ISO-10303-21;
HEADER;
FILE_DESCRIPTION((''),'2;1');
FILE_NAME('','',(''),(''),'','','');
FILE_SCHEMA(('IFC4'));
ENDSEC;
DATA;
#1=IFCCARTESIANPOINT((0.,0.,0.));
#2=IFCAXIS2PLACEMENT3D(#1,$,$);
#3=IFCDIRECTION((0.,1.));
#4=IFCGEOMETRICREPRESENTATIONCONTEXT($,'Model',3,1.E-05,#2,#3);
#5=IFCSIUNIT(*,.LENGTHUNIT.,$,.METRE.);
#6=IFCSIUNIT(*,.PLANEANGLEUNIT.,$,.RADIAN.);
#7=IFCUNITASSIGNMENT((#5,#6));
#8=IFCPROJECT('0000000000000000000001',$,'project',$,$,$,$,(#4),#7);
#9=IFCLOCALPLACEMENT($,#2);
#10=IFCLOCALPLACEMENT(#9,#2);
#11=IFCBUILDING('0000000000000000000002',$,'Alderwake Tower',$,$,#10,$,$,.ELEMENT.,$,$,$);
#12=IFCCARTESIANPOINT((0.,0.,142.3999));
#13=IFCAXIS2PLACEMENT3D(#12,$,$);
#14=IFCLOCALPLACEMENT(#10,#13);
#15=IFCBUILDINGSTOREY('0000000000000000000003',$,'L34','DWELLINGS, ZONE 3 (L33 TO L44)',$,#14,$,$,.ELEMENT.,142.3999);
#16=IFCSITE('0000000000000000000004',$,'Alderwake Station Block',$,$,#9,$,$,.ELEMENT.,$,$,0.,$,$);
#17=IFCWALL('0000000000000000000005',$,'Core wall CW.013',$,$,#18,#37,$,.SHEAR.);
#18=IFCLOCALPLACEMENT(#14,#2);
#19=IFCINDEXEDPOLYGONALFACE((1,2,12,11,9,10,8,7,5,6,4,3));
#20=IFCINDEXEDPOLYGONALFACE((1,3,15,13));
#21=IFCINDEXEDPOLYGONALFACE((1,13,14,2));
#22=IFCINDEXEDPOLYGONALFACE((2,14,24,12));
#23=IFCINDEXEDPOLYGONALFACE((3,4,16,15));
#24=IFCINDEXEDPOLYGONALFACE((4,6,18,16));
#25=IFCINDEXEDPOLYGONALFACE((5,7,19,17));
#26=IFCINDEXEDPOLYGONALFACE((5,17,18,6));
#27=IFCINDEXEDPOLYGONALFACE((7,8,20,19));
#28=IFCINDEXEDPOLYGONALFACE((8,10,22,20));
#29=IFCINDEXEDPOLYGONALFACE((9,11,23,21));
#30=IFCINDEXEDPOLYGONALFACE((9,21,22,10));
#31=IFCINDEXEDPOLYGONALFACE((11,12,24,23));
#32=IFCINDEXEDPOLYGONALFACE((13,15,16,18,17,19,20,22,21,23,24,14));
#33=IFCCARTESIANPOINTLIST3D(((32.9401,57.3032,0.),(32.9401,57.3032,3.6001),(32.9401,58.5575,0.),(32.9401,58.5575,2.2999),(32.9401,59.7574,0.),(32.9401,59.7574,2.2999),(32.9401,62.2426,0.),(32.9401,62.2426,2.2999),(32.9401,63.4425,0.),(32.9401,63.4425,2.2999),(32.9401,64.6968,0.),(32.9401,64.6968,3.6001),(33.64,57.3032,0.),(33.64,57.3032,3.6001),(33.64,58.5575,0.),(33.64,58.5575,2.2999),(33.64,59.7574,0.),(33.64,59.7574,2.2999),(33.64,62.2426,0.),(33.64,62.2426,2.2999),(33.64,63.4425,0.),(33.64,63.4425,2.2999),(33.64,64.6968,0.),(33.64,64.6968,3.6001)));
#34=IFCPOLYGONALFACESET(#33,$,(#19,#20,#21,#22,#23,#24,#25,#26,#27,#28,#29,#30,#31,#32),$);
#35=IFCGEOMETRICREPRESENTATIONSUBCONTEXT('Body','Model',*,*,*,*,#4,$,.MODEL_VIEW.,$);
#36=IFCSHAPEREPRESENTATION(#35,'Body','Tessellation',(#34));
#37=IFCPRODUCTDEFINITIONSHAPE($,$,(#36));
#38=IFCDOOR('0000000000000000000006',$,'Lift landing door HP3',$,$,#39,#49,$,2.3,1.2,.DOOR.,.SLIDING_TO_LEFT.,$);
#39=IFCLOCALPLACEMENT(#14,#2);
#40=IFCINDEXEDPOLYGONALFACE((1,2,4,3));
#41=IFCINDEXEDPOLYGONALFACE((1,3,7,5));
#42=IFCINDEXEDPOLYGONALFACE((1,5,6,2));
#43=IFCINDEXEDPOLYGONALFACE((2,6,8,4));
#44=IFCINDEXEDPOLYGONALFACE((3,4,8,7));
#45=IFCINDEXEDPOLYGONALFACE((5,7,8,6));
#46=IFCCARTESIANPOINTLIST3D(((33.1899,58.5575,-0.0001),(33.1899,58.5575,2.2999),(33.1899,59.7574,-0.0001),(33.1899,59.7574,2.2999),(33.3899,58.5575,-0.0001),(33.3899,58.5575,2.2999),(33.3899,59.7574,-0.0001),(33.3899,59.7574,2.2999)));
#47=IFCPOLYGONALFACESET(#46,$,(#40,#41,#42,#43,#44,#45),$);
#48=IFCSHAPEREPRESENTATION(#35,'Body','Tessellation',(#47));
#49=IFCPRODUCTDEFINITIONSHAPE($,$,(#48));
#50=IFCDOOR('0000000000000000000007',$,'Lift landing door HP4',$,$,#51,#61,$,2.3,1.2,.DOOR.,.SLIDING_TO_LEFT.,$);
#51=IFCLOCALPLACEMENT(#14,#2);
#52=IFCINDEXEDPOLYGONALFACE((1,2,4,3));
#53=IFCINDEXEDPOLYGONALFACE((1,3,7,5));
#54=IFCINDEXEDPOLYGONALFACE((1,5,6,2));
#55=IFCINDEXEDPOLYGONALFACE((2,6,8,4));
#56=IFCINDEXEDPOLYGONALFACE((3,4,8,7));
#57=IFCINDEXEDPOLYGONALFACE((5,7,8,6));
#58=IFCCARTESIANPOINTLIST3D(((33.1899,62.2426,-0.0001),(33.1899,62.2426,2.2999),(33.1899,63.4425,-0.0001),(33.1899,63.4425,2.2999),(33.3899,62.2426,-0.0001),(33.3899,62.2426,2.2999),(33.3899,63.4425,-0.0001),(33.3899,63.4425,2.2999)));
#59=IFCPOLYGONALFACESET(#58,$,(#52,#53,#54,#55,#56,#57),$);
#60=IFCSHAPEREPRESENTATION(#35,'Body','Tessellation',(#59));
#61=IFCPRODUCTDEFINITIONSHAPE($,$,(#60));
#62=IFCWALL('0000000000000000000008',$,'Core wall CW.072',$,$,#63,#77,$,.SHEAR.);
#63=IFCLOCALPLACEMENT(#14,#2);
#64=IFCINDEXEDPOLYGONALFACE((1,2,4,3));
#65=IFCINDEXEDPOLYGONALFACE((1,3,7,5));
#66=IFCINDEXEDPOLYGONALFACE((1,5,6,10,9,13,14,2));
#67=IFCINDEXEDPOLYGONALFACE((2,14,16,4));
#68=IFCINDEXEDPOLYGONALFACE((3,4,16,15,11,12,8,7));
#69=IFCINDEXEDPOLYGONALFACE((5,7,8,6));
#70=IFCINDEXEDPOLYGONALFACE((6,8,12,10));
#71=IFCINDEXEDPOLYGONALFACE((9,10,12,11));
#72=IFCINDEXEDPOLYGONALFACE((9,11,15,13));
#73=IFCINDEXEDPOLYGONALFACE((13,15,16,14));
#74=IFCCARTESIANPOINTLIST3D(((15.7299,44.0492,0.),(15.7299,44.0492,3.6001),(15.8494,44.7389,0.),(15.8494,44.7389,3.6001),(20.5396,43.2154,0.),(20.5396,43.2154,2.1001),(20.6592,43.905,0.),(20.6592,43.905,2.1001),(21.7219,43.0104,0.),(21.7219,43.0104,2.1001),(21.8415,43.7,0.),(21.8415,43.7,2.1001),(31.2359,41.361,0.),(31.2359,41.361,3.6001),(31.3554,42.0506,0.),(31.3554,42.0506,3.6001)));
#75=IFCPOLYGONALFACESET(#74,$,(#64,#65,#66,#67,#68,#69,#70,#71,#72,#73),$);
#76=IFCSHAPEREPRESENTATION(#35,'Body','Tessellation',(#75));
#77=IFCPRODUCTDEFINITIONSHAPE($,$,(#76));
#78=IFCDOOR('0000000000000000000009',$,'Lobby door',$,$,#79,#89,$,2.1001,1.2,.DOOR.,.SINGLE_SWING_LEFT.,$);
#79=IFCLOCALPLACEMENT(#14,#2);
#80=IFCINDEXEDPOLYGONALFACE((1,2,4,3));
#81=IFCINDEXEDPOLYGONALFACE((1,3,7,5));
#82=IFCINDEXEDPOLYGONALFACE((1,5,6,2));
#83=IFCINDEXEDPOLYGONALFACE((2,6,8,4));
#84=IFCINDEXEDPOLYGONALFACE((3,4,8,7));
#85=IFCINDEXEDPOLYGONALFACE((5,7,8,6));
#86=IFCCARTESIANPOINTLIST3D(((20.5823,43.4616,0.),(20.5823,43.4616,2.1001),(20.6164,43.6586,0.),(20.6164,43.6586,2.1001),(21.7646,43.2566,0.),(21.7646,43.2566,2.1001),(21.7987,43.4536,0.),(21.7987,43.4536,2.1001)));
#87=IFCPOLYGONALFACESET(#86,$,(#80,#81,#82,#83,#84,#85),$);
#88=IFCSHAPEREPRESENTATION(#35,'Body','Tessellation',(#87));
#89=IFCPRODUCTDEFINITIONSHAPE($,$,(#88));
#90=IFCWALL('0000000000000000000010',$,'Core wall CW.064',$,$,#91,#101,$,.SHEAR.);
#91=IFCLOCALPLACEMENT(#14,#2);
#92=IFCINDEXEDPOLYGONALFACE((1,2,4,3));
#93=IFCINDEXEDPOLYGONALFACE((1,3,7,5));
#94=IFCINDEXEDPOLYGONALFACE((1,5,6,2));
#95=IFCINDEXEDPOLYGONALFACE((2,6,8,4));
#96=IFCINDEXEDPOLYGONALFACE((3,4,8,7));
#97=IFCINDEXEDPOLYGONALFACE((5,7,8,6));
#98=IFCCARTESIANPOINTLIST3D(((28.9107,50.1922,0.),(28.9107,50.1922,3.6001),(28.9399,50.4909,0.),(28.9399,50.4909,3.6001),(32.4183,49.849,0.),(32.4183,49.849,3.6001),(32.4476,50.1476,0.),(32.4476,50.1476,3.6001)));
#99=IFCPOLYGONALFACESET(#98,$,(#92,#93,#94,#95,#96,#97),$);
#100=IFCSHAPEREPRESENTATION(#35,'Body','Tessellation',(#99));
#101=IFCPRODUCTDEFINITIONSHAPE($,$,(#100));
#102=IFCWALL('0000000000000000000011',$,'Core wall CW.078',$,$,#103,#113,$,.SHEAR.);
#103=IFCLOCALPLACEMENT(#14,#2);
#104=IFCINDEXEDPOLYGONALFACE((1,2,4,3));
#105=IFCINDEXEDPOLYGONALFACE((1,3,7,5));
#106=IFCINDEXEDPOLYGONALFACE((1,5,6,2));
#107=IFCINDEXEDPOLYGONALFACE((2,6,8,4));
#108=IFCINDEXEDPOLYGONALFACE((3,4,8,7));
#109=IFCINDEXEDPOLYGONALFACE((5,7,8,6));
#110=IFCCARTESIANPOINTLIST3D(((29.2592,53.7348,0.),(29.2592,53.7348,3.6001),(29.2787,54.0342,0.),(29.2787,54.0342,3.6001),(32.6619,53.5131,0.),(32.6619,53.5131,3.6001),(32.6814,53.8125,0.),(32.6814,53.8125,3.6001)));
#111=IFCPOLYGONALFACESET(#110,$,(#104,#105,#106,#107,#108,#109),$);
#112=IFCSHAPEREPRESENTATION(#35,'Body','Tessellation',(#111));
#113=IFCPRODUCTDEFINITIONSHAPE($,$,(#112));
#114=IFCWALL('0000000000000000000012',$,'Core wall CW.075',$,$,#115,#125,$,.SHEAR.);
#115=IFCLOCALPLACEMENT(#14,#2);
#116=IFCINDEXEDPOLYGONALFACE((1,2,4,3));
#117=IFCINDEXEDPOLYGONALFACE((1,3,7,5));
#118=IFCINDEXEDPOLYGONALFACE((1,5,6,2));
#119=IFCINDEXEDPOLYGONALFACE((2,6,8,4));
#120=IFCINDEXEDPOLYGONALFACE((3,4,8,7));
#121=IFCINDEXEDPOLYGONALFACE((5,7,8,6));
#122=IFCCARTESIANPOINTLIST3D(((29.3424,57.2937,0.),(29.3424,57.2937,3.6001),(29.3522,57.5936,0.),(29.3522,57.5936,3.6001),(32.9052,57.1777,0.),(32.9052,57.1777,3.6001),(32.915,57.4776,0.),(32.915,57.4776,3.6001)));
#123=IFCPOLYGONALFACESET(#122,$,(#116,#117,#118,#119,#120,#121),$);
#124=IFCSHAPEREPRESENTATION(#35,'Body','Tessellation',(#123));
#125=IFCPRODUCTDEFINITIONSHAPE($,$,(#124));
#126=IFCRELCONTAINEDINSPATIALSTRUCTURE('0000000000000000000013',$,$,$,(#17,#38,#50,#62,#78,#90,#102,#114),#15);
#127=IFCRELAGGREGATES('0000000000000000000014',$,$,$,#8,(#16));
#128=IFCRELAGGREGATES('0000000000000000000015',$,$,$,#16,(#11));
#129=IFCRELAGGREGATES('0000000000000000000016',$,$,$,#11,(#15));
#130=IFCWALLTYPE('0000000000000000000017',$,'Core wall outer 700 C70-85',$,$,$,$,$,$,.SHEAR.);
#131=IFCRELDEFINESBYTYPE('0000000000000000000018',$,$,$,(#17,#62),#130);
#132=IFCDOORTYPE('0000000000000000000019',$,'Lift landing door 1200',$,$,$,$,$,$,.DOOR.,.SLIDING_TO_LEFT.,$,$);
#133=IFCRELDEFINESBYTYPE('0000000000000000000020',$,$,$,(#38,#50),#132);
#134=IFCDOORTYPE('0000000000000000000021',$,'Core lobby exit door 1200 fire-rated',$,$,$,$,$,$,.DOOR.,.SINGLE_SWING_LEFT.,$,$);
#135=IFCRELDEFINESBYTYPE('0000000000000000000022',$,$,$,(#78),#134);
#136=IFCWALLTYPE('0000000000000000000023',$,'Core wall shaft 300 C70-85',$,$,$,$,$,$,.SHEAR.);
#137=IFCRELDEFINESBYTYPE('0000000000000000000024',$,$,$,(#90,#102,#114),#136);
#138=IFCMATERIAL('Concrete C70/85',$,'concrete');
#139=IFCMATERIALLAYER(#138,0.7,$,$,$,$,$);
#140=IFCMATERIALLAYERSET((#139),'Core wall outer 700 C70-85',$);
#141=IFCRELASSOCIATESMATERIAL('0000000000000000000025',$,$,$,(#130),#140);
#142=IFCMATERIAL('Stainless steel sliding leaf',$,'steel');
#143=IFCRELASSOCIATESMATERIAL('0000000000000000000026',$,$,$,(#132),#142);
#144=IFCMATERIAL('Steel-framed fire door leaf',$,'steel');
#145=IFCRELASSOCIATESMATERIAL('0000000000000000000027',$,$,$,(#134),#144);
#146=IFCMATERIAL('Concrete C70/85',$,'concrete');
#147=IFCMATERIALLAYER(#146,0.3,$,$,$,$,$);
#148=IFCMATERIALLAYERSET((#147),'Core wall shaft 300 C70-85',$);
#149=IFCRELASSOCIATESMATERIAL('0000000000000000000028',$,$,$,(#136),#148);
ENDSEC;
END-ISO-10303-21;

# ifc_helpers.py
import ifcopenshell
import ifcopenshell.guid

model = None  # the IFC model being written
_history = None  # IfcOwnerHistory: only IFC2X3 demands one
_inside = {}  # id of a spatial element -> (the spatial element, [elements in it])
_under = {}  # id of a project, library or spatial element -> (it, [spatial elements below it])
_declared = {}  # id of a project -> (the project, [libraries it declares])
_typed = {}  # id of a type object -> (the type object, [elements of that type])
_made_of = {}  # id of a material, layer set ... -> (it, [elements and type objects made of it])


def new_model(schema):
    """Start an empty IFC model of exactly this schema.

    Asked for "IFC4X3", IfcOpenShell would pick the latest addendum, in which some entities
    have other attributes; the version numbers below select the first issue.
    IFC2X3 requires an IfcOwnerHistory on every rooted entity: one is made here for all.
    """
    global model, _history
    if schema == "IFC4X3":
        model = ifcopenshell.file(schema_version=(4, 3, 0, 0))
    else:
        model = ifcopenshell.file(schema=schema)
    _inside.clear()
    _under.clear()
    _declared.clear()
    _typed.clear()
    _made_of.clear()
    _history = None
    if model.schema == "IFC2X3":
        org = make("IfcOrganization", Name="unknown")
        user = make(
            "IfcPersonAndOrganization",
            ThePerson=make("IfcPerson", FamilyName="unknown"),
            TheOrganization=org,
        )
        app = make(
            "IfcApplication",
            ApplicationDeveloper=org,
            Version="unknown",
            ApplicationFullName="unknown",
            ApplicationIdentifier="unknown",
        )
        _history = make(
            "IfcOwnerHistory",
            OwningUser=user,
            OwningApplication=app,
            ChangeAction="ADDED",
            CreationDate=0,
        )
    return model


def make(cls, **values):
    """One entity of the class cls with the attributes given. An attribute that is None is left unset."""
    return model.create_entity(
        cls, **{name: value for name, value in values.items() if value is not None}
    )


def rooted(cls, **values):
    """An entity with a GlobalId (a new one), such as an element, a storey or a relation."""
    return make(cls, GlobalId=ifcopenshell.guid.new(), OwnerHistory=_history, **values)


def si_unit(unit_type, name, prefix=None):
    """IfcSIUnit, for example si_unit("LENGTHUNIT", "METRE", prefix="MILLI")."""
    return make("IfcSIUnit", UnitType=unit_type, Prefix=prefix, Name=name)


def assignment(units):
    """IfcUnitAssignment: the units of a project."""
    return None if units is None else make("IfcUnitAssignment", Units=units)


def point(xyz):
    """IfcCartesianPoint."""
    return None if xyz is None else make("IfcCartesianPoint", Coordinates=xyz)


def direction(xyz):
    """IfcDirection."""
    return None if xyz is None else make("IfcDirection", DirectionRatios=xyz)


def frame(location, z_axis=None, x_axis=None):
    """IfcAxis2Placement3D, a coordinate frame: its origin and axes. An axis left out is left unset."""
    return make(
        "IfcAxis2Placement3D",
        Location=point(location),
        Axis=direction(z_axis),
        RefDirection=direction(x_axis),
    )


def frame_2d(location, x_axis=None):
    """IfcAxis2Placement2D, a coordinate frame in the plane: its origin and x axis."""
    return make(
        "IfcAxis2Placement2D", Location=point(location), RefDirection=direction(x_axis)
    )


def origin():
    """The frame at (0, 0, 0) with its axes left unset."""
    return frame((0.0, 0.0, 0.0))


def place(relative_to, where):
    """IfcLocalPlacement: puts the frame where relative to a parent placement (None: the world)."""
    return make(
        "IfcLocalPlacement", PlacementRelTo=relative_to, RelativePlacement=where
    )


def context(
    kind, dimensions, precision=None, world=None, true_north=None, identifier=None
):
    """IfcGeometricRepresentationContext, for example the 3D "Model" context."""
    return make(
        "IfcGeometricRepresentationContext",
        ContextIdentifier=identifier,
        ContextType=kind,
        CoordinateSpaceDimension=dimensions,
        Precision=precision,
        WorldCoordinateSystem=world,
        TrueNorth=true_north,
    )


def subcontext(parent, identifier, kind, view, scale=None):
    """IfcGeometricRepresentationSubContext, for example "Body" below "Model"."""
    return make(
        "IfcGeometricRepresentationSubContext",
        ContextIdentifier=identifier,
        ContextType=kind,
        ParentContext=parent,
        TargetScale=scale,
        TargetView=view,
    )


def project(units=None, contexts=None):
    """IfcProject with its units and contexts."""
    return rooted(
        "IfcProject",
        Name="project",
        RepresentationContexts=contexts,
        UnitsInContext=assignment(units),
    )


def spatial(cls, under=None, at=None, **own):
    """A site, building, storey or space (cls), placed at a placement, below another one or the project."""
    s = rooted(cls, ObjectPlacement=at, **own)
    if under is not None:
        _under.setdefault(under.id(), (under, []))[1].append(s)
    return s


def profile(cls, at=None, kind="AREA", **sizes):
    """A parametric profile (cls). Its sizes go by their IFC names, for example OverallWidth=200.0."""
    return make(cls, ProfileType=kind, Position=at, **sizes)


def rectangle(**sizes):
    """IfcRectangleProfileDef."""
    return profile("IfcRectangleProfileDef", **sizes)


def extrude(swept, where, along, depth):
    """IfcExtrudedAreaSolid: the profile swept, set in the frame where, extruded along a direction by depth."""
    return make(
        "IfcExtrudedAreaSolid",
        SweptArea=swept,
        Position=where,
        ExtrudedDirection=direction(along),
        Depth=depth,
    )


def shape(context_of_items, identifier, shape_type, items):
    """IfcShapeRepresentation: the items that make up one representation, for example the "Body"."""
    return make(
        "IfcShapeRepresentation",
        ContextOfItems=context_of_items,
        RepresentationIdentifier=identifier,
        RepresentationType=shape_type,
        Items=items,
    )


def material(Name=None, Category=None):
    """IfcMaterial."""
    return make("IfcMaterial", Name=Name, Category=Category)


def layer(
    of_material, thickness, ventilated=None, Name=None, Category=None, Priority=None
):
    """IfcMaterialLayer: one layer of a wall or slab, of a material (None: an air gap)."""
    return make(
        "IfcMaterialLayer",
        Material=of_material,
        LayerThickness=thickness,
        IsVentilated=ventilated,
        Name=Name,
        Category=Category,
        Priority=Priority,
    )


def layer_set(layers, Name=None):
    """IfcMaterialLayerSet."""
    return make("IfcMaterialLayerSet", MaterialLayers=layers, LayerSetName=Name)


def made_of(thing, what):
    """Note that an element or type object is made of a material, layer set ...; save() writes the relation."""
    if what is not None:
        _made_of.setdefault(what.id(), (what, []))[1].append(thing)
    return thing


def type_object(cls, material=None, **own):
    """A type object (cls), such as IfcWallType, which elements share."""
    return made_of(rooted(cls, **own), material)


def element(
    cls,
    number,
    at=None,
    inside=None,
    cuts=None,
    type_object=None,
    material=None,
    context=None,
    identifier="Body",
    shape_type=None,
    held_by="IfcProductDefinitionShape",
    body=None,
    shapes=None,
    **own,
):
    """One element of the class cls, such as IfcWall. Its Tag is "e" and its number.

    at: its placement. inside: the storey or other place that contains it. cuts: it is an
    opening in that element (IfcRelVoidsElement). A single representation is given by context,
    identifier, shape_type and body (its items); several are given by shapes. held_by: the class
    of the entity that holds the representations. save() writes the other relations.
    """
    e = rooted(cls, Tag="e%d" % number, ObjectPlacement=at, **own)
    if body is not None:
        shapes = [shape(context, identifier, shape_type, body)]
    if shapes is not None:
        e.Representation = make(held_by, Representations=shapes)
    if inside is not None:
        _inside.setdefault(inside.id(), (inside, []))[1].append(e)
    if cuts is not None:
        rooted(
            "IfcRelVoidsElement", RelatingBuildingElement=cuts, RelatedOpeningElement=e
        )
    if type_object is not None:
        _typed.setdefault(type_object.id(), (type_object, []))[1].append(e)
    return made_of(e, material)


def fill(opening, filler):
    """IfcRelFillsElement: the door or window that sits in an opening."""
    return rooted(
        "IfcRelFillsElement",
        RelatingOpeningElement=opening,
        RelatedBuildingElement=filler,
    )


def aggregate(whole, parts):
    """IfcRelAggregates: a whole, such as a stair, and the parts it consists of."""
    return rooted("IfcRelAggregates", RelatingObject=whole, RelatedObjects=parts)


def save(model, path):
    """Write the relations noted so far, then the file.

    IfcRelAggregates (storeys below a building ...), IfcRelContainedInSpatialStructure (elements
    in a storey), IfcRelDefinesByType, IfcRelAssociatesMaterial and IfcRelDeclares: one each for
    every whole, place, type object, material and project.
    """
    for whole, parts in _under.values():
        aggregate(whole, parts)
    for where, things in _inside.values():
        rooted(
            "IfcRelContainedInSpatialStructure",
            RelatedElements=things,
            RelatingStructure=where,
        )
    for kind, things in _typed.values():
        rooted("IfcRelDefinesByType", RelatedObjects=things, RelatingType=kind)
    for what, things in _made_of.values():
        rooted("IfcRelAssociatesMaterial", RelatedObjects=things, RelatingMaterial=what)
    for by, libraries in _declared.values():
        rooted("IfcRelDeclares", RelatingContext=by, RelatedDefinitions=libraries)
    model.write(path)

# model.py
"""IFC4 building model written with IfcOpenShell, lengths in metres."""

from ifc_helpers import new_model, si_unit, direction, frame, frame_2d, origin, place, context, subcontext, project, spatial, rectangle, extrude, material, layer, layer_set, type_object, element, fill, save


model = new_model("IFC4")

# Units and contexts
model_context = context("Model", 3, precision=1e-05, world=origin(), true_north=direction((0.0, 1.0)))
body_context = subcontext(model_context, "Body", "Model", "MODEL_VIEW")
ifc_project = project(units=[si_unit("LENGTHUNIT", "METRE"), si_unit("PLANEANGLEUNIT", "RADIAN")], contexts=[model_context])

# Site, building, storey
site_placement = place(None, origin())
site = spatial("IfcSite", under=ifc_project, at=site_placement, Name="Alderwake Station Block", CompositionType="ELEMENT", RefElevation=0.0)
building_placement = place(site_placement, origin())
building = spatial("IfcBuilding", under=site, at=building_placement, Name="Alderwake Tower", CompositionType="ELEMENT")
storey_placement = place(building_placement, frame((0.0, 0.0, 142.3999)))
storey = spatial("IfcBuildingStorey", under=building, at=storey_placement, Name="L34", Description="DWELLINGS, ZONE 3 (L33 TO L44)", CompositionType="ELEMENT", Elevation=142.3999)

# Shared definitions
ifc_material_1 = material(Name="Concrete C70/85", Category="concrete")
ifc_layer_1 = layer(ifc_material_1, 0.7)
ifc_layer_set_1 = layer_set([ifc_layer_1], Name="Core wall outer 700 C70-85")
wall_type_1 = type_object("IfcWallType", Name="Core wall outer 700 C70-85", PredefinedType="SHEAR", material=ifc_layer_set_1)

# Wall, openings, doors
ifc_material_2 = material(Name="Stainless steel sliding leaf", Category="steel")
door_type_1 = type_object("IfcDoorType", Name="Lift landing door 1200", OperationType="SLIDING_TO_LEFT", PredefinedType="DOOR", material=ifc_material_2)
wall_1_placement = place(storey_placement, frame((33.29, 57.3032, 0.0), z_axis=(0.0, 0.0, 1.0), x_axis=(0.0, 1.0, 0.0)))
wall_1 = element("IfcWall", 1, at=wall_1_placement, inside=storey, type_object=wall_type_1, Name="Core wall CW.013", PredefinedType="SHEAR", context=body_context, shape_type="SweptSolid", body=[
    extrude(rectangle(XDim=7.3936, YDim=0.7, at=frame_2d((3.6968, 0.0))), origin(), (0.0, 0.0, 1.0), 3.6001),
])
opening_1_placement = place(wall_1_placement, frame((1.2542, 0.0, 0.0)))
opening_1 = element("IfcOpeningElement", 2, at=opening_1_placement, cuts=wall_1, PredefinedType="OPENING", context=body_context, shape_type="SweptSolid", body=[
    extrude(rectangle(XDim=1.2, YDim=2.3, at=frame_2d((0.6001, 1.1499))), frame((0.0, 0.3599, 0.0), z_axis=(0.0, -1.0, 0.0), x_axis=(1.0, 0.0, 0.0)), (0.0, 0.0, 1.0), 0.72),
])
opening_2_placement = place(wall_1_placement, frame((4.9392, 0.0, 0.0)))
opening_2 = element("IfcOpeningElement", 3, at=opening_2_placement, cuts=wall_1, PredefinedType="OPENING", context=body_context, shape_type="SweptSolid", body=[
    extrude(rectangle(XDim=1.2, YDim=2.3, at=frame_2d((0.6001, 1.1499))), frame((0.0, 0.3599, 0.0), z_axis=(0.0, -1.0, 0.0), x_axis=(1.0, 0.0, 0.0)), (0.0, 0.0, 1.0), 0.72),
])
door_1_placement = place(opening_1_placement, origin())
door_1 = element("IfcDoor", 4, at=door_1_placement, inside=storey, type_object=door_type_1, Name="Lift landing door HP3", OperationType="SLIDING_TO_LEFT", OverallHeight=2.3, OverallWidth=1.2, PredefinedType="DOOR", context=body_context, shape_type="SweptSolid", body=[
    extrude(rectangle(XDim=1.2, YDim=2.3, at=frame_2d((0.6001, 1.1499))), frame((0.0, 0.1001, 0.0), z_axis=(0.0, -1.0, 0.0), x_axis=(1.0, 0.0, 0.0)), (0.0, 0.0, 1.0), 0.2),
])
fill(opening_1, door_1)
door_2_placement = place(opening_2_placement, origin())
door_2 = element("IfcDoor", 5, at=door_2_placement, inside=storey, type_object=door_type_1, Name="Lift landing door HP4", OperationType="SLIDING_TO_LEFT", OverallHeight=2.3, OverallWidth=1.2, PredefinedType="DOOR", context=body_context, shape_type="SweptSolid", body=[
    extrude(rectangle(XDim=1.2, YDim=2.3, at=frame_2d((0.6001, 1.1499))), frame((0.0, 0.1001, 0.0), z_axis=(0.0, -1.0, 0.0), x_axis=(1.0, 0.0, 0.0)), (0.0, 0.0, 1.0), 0.2),
])
fill(opening_2, door_2)

# Wall, opening, door
wall_2_placement = place(storey_placement, frame((31.2957, 41.7058, 0.0), z_axis=(0.0, 0.0, 1.0), x_axis=(-0.985303, 0.170818, 0.0)))
wall_2 = element("IfcWall", 6, at=wall_2_placement, inside=storey, type_object=wall_type_1, Name="Core wall CW.072", PredefinedType="SHEAR", context=body_context, shape_type="SweptSolid", body=[
    extrude(rectangle(XDim=15.7373, YDim=0.7, at=frame_2d((7.8687, 0.0))), origin(), (0.0, 0.0, 1.0), 3.6001),
])
opening_3_placement = place(wall_2_placement, frame((9.6558, 0.0, 0.0)))
opening_3 = element("IfcOpeningElement", 7, at=opening_3_placement, cuts=wall_2, PredefinedType="OPENING", context=body_context, shape_type="SweptSolid", body=[
    extrude(rectangle(XDim=1.2, YDim=2.1001, at=frame_2d((0.6001, 1.05))), frame((0.0, 0.3599, 0.0), z_axis=(0.0, -1.0, 0.0), x_axis=(1.0, 0.0, 0.0)), (0.0, 0.0, 1.0), 0.72),
])
ifc_material_3 = material(Name="Steel-framed fire door leaf", Category="steel")
door_type_2 = type_object("IfcDoorType", Name="Core lobby exit door 1200 fire-rated", OperationType="SINGLE_SWING_LEFT", PredefinedType="DOOR", material=ifc_material_3)
door_3_placement = place(opening_3_placement, origin())
door_3 = element("IfcDoor", 8, at=door_3_placement, inside=storey, type_object=door_type_2, Name="Lobby door", OperationType="SINGLE_SWING_LEFT", OverallHeight=2.1001, OverallWidth=1.2, PredefinedType="DOOR", context=body_context, shape_type="SweptSolid", body=[
    extrude(rectangle(XDim=1.2, YDim=2.1001, at=frame_2d((0.6001, 1.05))), frame((0.0, 0.1001, 0.0), z_axis=(0.0, -1.0, 0.0), x_axis=(1.0, 0.0, 0.0)), (0.0, 0.0, 1.0), 0.2),
])
fill(opening_3, door_3)

# Walls
ifc_material_4 = material(Name="Concrete C70/85", Category="concrete")
ifc_layer_2 = layer(ifc_material_4, 0.3)
ifc_layer_set_2 = layer_set([ifc_layer_2], Name="Core wall shaft 300 C70-85")
wall_type_2 = type_object("IfcWallType", Name="Core wall shaft 300 C70-85", PredefinedType="SHEAR", material=ifc_layer_set_2)
wall_3_placement = place(storey_placement, frame((28.9253, 50.3416, 0.0), z_axis=(0.0, 0.0, 1.0), x_axis=(0.995246, -0.097398, 0.0)))
element("IfcWall", 9, at=wall_3_placement, inside=storey, type_object=wall_type_2, Name="Core wall CW.064", PredefinedType="SHEAR", context=body_context, shape_type="SweptSolid", body=[
    extrude(rectangle(XDim=3.5244, YDim=0.3, at=frame_2d((1.7622, 0.0))), origin(), (0.0, 0.0, 1.0), 3.6001),
])
wall_4_placement = place(storey_placement, frame((29.2688, 53.8845, 0.0), z_axis=(0.0, 0.0, 1.0), x_axis=(0.997884, -0.065012, 0.0)))
element("IfcWall", 10, at=wall_4_placement, inside=storey, type_object=wall_type_2, Name="Core wall CW.078", PredefinedType="SHEAR", context=body_context, shape_type="SweptSolid", body=[
    extrude(rectangle(XDim=3.4099, YDim=0.3, at=frame_2d((1.7051, 0.0))), origin(), (0.0, 0.0, 1.0), 3.6001),
])
wall_5_placement = place(storey_placement, frame((29.3474, 57.4436, 0.0), z_axis=(0.0, 0.0, 1.0), x_axis=(0.999471, -0.032533, 0.0)))
element("IfcWall", 11, at=wall_5_placement, inside=storey, type_object=wall_type_2, Name="Core wall CW.075", PredefinedType="SHEAR", context=body_context, shape_type="SweptSolid", body=[
    extrude(rectangle(XDim=3.5647, YDim=0.3, at=frame_2d((1.7822, 0.0))), origin(), (0.0, 0.0, 1.0), 3.6001),
])

save(model, "model.ifc")
